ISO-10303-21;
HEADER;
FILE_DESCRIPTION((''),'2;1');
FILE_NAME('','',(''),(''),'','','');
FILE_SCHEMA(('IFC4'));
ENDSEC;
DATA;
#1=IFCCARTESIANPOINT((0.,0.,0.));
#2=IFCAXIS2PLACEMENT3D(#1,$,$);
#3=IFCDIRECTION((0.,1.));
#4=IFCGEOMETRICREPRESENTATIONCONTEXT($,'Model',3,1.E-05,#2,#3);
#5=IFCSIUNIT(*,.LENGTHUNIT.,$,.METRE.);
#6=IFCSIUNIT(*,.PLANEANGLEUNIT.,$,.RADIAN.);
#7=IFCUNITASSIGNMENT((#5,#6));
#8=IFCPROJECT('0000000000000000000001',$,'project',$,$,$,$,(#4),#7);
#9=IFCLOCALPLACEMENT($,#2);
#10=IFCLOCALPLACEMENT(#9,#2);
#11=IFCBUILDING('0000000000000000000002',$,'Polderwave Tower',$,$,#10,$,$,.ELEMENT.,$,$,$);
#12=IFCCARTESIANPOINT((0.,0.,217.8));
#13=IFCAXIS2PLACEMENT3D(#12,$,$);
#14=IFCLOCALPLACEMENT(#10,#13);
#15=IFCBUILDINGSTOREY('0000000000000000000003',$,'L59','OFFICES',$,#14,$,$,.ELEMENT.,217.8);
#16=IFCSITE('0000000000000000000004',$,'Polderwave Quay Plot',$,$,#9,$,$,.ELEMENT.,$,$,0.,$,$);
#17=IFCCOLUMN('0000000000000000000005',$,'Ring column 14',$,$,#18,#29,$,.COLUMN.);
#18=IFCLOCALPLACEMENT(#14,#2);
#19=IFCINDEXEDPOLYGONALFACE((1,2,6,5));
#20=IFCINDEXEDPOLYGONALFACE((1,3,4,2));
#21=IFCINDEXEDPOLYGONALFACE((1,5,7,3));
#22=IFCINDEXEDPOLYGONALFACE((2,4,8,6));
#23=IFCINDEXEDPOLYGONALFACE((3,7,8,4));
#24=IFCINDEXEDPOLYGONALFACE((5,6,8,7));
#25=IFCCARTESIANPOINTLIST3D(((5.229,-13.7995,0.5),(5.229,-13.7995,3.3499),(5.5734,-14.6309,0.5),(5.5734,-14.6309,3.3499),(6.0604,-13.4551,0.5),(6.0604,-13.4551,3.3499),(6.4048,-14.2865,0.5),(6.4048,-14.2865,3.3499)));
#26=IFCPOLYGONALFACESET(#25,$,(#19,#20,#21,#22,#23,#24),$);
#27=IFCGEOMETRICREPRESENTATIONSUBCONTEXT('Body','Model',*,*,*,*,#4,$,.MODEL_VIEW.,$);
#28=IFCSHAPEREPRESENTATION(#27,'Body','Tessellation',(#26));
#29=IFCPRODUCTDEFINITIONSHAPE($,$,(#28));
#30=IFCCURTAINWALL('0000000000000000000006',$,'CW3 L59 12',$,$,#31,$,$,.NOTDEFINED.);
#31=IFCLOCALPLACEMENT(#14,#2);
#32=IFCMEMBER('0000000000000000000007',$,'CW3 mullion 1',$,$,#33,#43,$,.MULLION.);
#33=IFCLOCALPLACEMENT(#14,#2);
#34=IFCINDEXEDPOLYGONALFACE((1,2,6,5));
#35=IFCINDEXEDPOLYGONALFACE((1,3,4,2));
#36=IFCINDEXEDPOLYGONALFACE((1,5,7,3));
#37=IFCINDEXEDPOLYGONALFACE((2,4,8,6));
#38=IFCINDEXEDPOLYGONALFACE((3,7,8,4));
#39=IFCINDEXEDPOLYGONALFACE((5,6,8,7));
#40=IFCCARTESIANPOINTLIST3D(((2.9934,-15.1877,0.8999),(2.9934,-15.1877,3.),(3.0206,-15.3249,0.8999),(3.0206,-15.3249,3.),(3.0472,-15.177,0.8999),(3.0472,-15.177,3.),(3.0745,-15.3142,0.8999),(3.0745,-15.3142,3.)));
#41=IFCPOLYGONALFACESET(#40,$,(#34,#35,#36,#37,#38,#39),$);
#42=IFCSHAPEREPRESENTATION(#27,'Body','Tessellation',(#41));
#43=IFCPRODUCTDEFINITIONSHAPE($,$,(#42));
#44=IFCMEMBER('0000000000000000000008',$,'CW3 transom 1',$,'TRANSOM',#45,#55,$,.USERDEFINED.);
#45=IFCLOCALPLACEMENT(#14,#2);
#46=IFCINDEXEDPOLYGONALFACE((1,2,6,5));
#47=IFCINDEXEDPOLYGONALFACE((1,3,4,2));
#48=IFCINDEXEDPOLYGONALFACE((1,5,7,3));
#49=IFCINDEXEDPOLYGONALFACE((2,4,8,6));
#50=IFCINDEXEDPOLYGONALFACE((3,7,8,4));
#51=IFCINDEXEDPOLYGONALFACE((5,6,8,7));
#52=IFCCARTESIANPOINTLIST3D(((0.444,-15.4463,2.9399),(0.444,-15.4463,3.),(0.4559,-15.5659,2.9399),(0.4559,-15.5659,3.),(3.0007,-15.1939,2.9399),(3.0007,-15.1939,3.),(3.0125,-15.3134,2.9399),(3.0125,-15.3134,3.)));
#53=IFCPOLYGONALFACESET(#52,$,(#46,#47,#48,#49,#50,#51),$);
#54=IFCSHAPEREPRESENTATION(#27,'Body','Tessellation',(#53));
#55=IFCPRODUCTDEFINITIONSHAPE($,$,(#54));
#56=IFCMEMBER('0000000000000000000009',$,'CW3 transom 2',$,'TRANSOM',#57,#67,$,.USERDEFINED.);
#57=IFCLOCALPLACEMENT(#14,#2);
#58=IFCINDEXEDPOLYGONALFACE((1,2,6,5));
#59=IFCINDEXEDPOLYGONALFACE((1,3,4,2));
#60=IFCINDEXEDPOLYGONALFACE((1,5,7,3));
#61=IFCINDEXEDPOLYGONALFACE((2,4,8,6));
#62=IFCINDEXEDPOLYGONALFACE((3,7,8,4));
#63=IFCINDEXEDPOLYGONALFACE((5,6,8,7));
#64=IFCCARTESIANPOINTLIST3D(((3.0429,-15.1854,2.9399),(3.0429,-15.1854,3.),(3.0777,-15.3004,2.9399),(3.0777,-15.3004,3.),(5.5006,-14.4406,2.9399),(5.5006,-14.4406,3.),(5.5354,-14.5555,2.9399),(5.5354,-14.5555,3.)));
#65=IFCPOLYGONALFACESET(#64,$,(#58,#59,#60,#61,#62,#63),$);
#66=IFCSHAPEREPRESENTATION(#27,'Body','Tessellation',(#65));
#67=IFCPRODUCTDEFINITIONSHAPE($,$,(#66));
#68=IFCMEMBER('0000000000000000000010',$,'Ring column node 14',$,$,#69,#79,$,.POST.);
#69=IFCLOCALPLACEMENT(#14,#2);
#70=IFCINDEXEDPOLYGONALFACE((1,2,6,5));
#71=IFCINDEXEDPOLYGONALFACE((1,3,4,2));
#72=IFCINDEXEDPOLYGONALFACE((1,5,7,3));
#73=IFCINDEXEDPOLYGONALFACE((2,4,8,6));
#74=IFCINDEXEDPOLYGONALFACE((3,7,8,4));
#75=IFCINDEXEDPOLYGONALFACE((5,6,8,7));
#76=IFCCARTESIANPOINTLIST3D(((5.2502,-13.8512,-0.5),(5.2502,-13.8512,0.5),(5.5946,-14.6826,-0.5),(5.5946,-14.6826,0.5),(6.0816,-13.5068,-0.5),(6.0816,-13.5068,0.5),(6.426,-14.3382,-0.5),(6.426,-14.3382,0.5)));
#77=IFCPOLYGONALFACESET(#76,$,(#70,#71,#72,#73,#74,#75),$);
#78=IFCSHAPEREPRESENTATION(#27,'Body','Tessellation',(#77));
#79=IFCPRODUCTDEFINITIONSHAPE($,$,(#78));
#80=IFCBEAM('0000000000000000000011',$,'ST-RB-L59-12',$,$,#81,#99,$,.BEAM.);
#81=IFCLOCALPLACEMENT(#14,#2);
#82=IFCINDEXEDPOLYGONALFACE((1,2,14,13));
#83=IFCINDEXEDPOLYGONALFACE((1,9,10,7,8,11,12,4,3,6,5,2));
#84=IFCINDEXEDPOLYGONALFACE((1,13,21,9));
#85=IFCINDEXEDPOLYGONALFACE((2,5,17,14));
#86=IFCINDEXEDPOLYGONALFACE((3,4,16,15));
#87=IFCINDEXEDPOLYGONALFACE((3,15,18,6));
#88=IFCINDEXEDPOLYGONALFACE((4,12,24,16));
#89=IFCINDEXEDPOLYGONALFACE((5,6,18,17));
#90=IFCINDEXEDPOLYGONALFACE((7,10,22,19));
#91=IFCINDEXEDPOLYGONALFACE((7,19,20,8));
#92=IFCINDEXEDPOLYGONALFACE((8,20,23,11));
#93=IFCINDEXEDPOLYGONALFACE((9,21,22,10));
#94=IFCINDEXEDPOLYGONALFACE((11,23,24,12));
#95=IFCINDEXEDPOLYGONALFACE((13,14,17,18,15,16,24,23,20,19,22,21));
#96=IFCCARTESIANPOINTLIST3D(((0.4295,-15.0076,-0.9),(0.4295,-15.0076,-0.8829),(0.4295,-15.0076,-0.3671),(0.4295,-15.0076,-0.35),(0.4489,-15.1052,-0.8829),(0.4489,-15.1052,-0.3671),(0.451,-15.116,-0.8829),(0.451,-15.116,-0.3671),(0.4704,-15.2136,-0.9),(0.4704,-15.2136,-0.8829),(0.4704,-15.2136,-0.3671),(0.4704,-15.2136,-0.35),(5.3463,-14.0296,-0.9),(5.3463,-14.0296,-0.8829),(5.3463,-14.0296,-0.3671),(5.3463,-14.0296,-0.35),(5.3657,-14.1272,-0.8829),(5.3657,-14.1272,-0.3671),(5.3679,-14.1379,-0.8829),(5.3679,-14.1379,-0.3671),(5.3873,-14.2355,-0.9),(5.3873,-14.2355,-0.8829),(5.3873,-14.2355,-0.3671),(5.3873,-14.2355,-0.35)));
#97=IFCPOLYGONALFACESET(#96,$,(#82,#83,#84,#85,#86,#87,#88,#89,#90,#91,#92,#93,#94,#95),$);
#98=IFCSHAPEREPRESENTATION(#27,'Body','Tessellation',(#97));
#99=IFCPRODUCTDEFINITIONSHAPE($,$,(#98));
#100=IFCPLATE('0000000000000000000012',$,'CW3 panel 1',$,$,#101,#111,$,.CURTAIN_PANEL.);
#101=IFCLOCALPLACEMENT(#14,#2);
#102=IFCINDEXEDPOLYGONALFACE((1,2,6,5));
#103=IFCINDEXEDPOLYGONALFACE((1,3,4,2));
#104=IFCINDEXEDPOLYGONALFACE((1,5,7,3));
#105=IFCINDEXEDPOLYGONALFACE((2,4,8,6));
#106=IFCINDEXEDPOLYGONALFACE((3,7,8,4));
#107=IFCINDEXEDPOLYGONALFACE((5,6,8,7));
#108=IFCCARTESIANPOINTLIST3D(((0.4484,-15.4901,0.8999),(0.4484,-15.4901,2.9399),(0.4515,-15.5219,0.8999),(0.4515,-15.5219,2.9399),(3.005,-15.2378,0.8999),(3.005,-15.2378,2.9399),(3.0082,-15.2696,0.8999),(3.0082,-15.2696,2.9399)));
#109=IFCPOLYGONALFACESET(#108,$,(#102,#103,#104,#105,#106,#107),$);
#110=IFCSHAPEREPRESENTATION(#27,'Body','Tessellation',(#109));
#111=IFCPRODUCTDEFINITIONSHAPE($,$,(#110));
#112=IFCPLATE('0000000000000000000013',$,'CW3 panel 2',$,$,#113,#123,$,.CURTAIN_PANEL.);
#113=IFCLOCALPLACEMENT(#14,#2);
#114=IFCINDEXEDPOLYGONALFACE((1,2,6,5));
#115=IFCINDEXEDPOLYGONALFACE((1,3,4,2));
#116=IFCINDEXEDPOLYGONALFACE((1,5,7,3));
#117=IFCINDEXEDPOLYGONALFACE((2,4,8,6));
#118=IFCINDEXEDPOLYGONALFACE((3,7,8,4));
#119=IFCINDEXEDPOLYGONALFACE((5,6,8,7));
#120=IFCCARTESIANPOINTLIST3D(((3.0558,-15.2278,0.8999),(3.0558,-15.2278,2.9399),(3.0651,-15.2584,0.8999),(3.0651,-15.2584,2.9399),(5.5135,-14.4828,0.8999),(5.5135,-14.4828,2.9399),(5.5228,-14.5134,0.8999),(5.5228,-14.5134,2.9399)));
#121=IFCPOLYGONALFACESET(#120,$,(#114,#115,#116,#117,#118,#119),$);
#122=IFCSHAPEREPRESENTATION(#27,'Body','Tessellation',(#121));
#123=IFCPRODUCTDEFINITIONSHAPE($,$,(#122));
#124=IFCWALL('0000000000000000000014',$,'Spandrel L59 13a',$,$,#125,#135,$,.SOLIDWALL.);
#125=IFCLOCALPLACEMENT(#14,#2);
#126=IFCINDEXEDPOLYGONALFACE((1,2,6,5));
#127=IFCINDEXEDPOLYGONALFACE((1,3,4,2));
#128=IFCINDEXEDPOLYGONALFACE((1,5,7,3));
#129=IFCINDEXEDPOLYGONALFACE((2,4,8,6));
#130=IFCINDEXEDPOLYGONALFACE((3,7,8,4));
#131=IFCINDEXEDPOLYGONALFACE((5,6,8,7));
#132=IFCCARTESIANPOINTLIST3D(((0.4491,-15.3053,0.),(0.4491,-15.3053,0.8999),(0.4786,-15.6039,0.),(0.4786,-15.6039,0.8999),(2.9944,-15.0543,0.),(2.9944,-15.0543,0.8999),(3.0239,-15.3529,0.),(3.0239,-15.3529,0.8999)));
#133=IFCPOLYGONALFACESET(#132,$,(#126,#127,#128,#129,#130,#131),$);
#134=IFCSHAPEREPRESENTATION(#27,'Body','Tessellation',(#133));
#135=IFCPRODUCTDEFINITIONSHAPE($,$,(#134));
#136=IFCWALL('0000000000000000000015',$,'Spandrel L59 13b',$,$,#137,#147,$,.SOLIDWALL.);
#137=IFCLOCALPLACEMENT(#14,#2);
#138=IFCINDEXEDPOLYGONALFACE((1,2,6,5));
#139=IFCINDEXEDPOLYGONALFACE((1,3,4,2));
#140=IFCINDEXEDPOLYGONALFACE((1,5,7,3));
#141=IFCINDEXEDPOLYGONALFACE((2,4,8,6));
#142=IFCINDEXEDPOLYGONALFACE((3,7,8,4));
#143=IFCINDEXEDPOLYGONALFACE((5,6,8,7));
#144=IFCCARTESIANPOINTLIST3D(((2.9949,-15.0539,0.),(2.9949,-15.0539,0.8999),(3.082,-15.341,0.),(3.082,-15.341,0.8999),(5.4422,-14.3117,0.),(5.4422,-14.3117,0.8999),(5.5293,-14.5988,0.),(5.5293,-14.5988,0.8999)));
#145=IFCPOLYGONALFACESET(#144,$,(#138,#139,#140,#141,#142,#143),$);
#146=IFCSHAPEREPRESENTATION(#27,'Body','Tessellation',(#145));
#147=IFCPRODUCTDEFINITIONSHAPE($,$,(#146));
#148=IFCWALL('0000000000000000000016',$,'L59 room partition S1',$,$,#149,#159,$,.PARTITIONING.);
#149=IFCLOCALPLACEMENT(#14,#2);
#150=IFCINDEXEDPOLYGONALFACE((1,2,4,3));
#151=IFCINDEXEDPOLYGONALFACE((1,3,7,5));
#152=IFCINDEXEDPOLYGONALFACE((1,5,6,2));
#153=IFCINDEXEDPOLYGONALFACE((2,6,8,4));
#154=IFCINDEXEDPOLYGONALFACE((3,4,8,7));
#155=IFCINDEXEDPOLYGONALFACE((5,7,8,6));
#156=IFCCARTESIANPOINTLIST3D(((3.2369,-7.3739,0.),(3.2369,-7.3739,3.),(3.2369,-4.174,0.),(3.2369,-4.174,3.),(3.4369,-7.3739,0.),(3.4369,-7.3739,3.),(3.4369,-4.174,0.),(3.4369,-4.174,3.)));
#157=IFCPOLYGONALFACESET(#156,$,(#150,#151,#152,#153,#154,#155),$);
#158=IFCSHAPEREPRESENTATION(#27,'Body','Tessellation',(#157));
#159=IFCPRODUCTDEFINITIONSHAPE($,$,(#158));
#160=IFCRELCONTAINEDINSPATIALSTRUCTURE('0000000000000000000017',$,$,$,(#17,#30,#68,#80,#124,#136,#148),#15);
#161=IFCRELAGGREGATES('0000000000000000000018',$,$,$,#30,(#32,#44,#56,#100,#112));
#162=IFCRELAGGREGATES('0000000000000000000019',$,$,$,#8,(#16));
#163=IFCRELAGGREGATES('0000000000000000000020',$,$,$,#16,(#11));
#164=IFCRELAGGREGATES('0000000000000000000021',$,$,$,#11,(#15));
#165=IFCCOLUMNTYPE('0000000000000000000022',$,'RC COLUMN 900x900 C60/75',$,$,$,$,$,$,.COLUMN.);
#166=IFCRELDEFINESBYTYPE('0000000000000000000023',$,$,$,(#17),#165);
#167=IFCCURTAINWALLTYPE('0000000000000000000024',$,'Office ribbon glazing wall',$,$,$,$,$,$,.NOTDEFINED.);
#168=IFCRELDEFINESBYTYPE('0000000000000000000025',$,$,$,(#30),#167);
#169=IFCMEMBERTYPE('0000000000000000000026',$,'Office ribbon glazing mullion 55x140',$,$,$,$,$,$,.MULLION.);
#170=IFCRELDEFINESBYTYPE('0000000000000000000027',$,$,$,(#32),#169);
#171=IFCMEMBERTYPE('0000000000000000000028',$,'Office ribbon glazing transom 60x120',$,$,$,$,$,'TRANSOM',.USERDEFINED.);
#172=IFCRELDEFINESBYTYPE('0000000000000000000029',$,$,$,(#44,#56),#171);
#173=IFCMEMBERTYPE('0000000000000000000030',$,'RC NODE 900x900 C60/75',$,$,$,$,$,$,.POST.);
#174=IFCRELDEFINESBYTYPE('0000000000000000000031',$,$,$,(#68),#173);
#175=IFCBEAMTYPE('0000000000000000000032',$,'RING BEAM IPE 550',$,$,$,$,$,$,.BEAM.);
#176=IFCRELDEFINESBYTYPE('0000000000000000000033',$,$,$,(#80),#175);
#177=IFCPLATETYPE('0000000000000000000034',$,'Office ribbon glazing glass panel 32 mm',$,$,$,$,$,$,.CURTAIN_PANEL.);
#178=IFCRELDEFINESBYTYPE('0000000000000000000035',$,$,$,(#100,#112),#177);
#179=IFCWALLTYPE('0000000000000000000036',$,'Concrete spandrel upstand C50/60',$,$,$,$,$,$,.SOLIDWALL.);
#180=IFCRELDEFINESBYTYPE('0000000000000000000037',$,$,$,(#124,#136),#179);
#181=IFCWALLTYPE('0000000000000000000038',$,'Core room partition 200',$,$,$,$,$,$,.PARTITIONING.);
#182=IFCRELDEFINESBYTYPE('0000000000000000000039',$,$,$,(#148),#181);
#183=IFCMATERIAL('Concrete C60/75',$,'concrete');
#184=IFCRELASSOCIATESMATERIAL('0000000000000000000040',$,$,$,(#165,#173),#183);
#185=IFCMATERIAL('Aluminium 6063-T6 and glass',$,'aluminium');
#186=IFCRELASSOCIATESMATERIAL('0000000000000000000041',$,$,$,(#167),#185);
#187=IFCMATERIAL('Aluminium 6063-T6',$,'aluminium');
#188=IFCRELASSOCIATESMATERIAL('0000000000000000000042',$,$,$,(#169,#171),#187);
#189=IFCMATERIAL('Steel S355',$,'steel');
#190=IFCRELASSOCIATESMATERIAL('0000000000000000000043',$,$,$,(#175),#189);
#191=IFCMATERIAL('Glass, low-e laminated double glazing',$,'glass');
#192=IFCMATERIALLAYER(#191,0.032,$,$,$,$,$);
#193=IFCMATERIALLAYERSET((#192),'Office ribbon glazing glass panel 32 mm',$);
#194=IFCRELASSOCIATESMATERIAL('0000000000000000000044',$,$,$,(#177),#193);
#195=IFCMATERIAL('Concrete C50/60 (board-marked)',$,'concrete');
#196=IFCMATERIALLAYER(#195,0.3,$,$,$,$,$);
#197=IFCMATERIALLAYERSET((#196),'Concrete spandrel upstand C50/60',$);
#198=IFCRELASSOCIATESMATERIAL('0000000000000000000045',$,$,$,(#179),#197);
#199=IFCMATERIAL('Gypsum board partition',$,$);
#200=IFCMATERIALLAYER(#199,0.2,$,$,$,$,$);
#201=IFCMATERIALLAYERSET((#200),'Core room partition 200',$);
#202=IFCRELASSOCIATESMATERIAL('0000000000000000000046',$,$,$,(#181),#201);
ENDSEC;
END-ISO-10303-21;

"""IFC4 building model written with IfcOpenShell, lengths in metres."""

from ifc_helpers import new_model, si_unit, direction, frame, frame_2d, origin, origin_2d, place, context, subcontext, project, spatial, rectangle, i_section, extrude, material, layer, layer_set, material_profile, profile_set, type_object, element, aggregate, save


model = new_model("IFC4")

# Units and contexts
model_context = context("Model", 3, precision=1e-05, world=origin(), true_north=direction((0.0, 1.0)))
body_context = subcontext(model_context, "Body", "Model", "MODEL_VIEW")
ifc_project = project(units=[si_unit("LENGTHUNIT", "METRE"), si_unit("PLANEANGLEUNIT", "RADIAN")], contexts=[model_context])

# Site, building, storey
site_placement = place(None, origin())
site = spatial("IfcSite", under=ifc_project, at=site_placement, Name="Polderwave Quay Plot", CompositionType="ELEMENT", RefElevation=0.0)
building_placement = place(site_placement, origin())
building = spatial("IfcBuilding", under=site, at=building_placement, Name="Polderwave Tower", CompositionType="ELEMENT")
storey_placement = place(building_placement, frame((0.0, 0.0, 217.8)))
storey = spatial("IfcBuildingStorey", under=building, at=storey_placement, Name="L59", Description="OFFICES", CompositionType="ELEMENT", Elevation=217.8)

# Column
ifc_material_1 = material(Name="Concrete C60/75", Category="concrete")
ifc_material_profile_1 = material_profile(ifc_material_1, rectangle(XDim=0.8999, YDim=0.8999, at=origin_2d()), Name="RC 900x900")
ifc_profile_set_1 = profile_set([ifc_material_profile_1], Name="Concrete C60/75")
column_type = type_object("IfcColumnType", Name="RC COLUMN 900x900 C60/75", PredefinedType="COLUMN", material=ifc_profile_set_1)
column_placement = place(storey_placement, frame((5.8169, -14.043, 0.5), z_axis=(0.0, 0.0, 1.0), x_axis=(0.382683, -0.92388, 0.0)))
element("IfcColumn", 1, at=column_placement, inside=storey, type_object=column_type, Name="Ring column 14", PredefinedType="COLUMN", context=body_context, shape_type="SweptSolid", body=[
    extrude(rectangle(XDim=0.8999, YDim=0.8999, at=origin_2d()), origin(), (0.0, 0.0, 1.0), 2.8499),
])

# Curtain wall, members
ifc_material_2 = material(Name="Aluminium 6063-T6 and glass", Category="aluminium")
curtain_wall_type = type_object("IfcCurtainWallType", Name="Office ribbon glazing wall", PredefinedType="NOTDEFINED", material=ifc_material_2)
curtain_wall_placement = place(storey_placement, origin())
curtain_wall = element("IfcCurtainWall", 2, at=curtain_wall_placement, inside=storey, type_object=curtain_wall_type, Name="CW3 L59 12", PredefinedType="NOTDEFINED")
ifc_material_3 = material(Name="Aluminium 6063-T6", Category="aluminium")
ifc_material_profile_2 = material_profile(ifc_material_3, rectangle(XDim=0.1399, YDim=0.0549, at=origin_2d()), Name="AL 55x140")
ifc_profile_set_2 = profile_set([ifc_material_profile_2], Name="Aluminium 6063-T6")
member_type_1 = type_object("IfcMemberType", Name="Office ribbon glazing mullion 55x140", PredefinedType="MULLION", material=ifc_profile_set_2)
member_1_placement = place(storey_placement, frame((3.0339, -15.251, 0.8999), z_axis=(0.0, 0.0, 1.0), x_axis=(-0.195092, 0.980785, 0.0)))
member_1 = element("IfcMember", 3, at=member_1_placement, type_object=member_type_1, Name="CW3 mullion 1", PredefinedType="MULLION", context=body_context, shape_type="SweptSolid", body=[
    extrude(rectangle(XDim=0.1399, YDim=0.0549, at=origin_2d()), origin(), (0.0, 0.0, 1.0), 2.1001),
])
ifc_material_profile_3 = material_profile(ifc_material_3, rectangle(XDim=0.1201, YDim=0.0601, at=origin_2d()), Name="AL 60x120")
ifc_profile_set_3 = profile_set([ifc_material_profile_3], Name="Aluminium 6063-T6")
member_type_2 = type_object("IfcMemberType", Name="Office ribbon glazing transom 60x120", ElementType="TRANSOM", PredefinedType="USERDEFINED", material=ifc_profile_set_3)
member_2_placement = place(storey_placement, frame((0.45, -15.5061, 2.97), z_axis=(0.995161, 0.098262, 0.0), x_axis=(-0.098262, 0.995161, 0.0)))
member_2 = element("IfcMember", 4, at=member_2_placement, type_object=member_type_2, Name="CW3 transom 1", ObjectType="TRANSOM", PredefinedType="USERDEFINED", context=body_context, shape_type="SweptSolid", body=[
    extrude(rectangle(XDim=0.1201, YDim=0.0601, at=origin_2d()), origin(), (0.0, 0.0, 1.0), 2.5691),
])
member_3_placement = place(storey_placement, frame((3.0603, -15.2429, 2.97), z_axis=(0.957014, 0.290042, 0.0), x_axis=(-0.290042, 0.957014, 0.0)))
member_3 = element("IfcMember", 5, at=member_3_placement, type_object=member_type_2, Name="CW3 transom 2", ObjectType="TRANSOM", PredefinedType="USERDEFINED", context=body_context, shape_type="SweptSolid", body=[
    extrude(rectangle(XDim=0.1201, YDim=0.0601, at=origin_2d()), origin(), (0.0, 0.0, 1.0), 2.5681),
])

# Member
ifc_material_profile_4 = material_profile(ifc_material_1, rectangle(XDim=0.8999, YDim=0.8999, at=origin_2d()), Name="RC 900x900")
ifc_profile_set_4 = profile_set([ifc_material_profile_4], Name="Concrete C60/75")
member_type_3 = type_object("IfcMemberType", Name="RC NODE 900x900 C60/75", PredefinedType="POST", material=ifc_profile_set_4)
member_4_placement = place(storey_placement, frame((5.8381, -14.0947, -0.5), z_axis=(0.0, 0.0, 1.0), x_axis=(0.382683, -0.92388, 0.0)))
element("IfcMember", 6, at=member_4_placement, inside=storey, type_object=member_type_3, Name="Ring column node 14", PredefinedType="POST", context=body_context, shape_type="SweptSolid", body=[
    extrude(rectangle(XDim=0.8999, YDim=0.8999, at=origin_2d()), origin(), (0.0, 0.0, 1.0), 1.0),
])

# Beam
ifc_material_4 = material(Name="Steel S355", Category="steel")
ifc_material_profile_5 = material_profile(ifc_material_4, i_section(OverallWidth=0.21, OverallDepth=0.55, WebThickness=0.011, FlangeThickness=0.0171, at=origin_2d()), Name="IPE 550")
ifc_profile_set_5 = profile_set([ifc_material_profile_5], Name="Steel S355")
beam_type = type_object("IfcBeamType", Name="RING BEAM IPE 550", PredefinedType="BEAM", material=ifc_profile_set_5)
beam_placement = place(storey_placement, frame((0.45, -15.1106, -0.625), z_axis=(0.980784, 0.195095, 0.0), x_axis=(-0.195095, 0.980784, 0.0)))
element("IfcBeam", 7, at=beam_placement, inside=storey, type_object=beam_type, Name="ST-RB-L59-12", PredefinedType="BEAM", context=body_context, shape_type="SweptSolid", body=[
    extrude(i_section(OverallWidth=0.21, OverallDepth=0.55, WebThickness=0.011, FlangeThickness=0.0171, at=origin_2d()), origin(), (0.0, 0.0, 1.0), 5.0132),
])

# Plates
ifc_material_5 = material(Name="Glass, low-e laminated double glazing", Category="glass")
ifc_layer_1 = layer(ifc_material_5, 0.032)
ifc_layer_set_1 = layer_set([ifc_layer_1], Name="Office ribbon glazing glass panel 32 mm")
plate_type = type_object("IfcPlateType", Name="Office ribbon glazing glass panel 32 mm", PredefinedType="CURTAIN_PANEL", material=ifc_layer_set_1)
plate_1_placement = place(storey_placement, frame((1.7283, -15.3799, 0.8999), z_axis=(0.0, 0.0, 1.0), x_axis=(0.995166, 0.098206, 0.0)))
plate_1 = element("IfcPlate", 8, at=plate_1_placement, type_object=plate_type, Name="CW3 panel 1", PredefinedType="CURTAIN_PANEL", context=body_context, shape_type="SweptSolid", body=[
    extrude(rectangle(XDim=2.5691, YDim=0.032, at=origin_2d()), origin(), (0.0, 0.0, 1.0), 2.04),
])
plate_2_placement = place(storey_placement, frame((4.2893, -14.8706, 0.8999), z_axis=(0.0, 0.0, 1.0), x_axis=(0.956995, 0.290104, 0.0)))
plate_2 = element("IfcPlate", 9, at=plate_2_placement, type_object=plate_type, Name="CW3 panel 2", PredefinedType="CURTAIN_PANEL", context=body_context, shape_type="SweptSolid", body=[
    extrude(rectangle(XDim=2.5681, YDim=0.032, at=origin_2d()), origin(), (0.0, 0.0, 1.0), 2.04),
])
aggregate(curtain_wall, [member_1, member_2, member_3, plate_1, plate_2])

# Walls
ifc_material_6 = material(Name="Concrete C50/60 (board-marked)", Category="concrete")
ifc_layer_2 = layer(ifc_material_6, 0.3)
ifc_layer_set_2 = layer_set([ifc_layer_2], Name="Concrete spandrel upstand C50/60")
wall_type_1 = type_object("IfcWallType", Name="Concrete spandrel upstand C50/60", PredefinedType="SOLIDWALL", material=ifc_layer_set_2)
wall_1_placement = place(storey_placement, frame((0.4639, -15.4546, 0.0), z_axis=(0.0, 0.0, 1.0), x_axis=(0.995173, 0.098133, 0.0)))
element("IfcWall", 10, at=wall_1_placement, inside=storey, type_object=wall_type_1, Name="Spandrel L59 13a", PredefinedType="SOLIDWALL", context=body_context, shape_type="SweptSolid", body=[
    extrude(rectangle(XDim=2.5576, YDim=0.3, at=frame_2d((1.2788, 0.0))), origin(), (0.0, 0.0, 1.0), 0.8999),
])
wall_2_placement = place(storey_placement, frame((3.0383, -15.1975, 0.0), z_axis=(0.0, 0.0, 1.0), x_axis=(0.95696, 0.290219, 0.0)))
element("IfcWall", 11, at=wall_2_placement, inside=storey, type_object=wall_type_1, Name="Spandrel L59 13b", PredefinedType="SOLIDWALL", context=body_context, shape_type="SweptSolid", body=[
    extrude(rectangle(XDim=2.5574, YDim=0.3, at=frame_2d((1.2788, 0.0))), origin(), (0.0, 0.0, 1.0), 0.8999),
])
ifc_material_7 = material(Name="Gypsum board partition")
ifc_layer_3 = layer(ifc_material_7, 0.2)
ifc_layer_set_3 = layer_set([ifc_layer_3], Name="Core room partition 200")
wall_type_2 = type_object("IfcWallType", Name="Core room partition 200", PredefinedType="PARTITIONING", material=ifc_layer_set_3)
wall_3_placement = place(storey_placement, frame((3.3369, -7.374, 0.0), z_axis=(0.0, 0.0, 1.0), x_axis=(0.0, 1.0, 0.0)))
element("IfcWall", 12, at=wall_3_placement, inside=storey, type_object=wall_type_2, Name="L59 room partition S1", PredefinedType="PARTITIONING", context=body_context, shape_type="SweptSolid", body=[
    extrude(rectangle(XDim=3.2, YDim=0.2, at=frame_2d((1.6001, 0.0))), origin(), (0.0, 0.0, 1.0), 3.0),
])

save(model, "model.ifc")
